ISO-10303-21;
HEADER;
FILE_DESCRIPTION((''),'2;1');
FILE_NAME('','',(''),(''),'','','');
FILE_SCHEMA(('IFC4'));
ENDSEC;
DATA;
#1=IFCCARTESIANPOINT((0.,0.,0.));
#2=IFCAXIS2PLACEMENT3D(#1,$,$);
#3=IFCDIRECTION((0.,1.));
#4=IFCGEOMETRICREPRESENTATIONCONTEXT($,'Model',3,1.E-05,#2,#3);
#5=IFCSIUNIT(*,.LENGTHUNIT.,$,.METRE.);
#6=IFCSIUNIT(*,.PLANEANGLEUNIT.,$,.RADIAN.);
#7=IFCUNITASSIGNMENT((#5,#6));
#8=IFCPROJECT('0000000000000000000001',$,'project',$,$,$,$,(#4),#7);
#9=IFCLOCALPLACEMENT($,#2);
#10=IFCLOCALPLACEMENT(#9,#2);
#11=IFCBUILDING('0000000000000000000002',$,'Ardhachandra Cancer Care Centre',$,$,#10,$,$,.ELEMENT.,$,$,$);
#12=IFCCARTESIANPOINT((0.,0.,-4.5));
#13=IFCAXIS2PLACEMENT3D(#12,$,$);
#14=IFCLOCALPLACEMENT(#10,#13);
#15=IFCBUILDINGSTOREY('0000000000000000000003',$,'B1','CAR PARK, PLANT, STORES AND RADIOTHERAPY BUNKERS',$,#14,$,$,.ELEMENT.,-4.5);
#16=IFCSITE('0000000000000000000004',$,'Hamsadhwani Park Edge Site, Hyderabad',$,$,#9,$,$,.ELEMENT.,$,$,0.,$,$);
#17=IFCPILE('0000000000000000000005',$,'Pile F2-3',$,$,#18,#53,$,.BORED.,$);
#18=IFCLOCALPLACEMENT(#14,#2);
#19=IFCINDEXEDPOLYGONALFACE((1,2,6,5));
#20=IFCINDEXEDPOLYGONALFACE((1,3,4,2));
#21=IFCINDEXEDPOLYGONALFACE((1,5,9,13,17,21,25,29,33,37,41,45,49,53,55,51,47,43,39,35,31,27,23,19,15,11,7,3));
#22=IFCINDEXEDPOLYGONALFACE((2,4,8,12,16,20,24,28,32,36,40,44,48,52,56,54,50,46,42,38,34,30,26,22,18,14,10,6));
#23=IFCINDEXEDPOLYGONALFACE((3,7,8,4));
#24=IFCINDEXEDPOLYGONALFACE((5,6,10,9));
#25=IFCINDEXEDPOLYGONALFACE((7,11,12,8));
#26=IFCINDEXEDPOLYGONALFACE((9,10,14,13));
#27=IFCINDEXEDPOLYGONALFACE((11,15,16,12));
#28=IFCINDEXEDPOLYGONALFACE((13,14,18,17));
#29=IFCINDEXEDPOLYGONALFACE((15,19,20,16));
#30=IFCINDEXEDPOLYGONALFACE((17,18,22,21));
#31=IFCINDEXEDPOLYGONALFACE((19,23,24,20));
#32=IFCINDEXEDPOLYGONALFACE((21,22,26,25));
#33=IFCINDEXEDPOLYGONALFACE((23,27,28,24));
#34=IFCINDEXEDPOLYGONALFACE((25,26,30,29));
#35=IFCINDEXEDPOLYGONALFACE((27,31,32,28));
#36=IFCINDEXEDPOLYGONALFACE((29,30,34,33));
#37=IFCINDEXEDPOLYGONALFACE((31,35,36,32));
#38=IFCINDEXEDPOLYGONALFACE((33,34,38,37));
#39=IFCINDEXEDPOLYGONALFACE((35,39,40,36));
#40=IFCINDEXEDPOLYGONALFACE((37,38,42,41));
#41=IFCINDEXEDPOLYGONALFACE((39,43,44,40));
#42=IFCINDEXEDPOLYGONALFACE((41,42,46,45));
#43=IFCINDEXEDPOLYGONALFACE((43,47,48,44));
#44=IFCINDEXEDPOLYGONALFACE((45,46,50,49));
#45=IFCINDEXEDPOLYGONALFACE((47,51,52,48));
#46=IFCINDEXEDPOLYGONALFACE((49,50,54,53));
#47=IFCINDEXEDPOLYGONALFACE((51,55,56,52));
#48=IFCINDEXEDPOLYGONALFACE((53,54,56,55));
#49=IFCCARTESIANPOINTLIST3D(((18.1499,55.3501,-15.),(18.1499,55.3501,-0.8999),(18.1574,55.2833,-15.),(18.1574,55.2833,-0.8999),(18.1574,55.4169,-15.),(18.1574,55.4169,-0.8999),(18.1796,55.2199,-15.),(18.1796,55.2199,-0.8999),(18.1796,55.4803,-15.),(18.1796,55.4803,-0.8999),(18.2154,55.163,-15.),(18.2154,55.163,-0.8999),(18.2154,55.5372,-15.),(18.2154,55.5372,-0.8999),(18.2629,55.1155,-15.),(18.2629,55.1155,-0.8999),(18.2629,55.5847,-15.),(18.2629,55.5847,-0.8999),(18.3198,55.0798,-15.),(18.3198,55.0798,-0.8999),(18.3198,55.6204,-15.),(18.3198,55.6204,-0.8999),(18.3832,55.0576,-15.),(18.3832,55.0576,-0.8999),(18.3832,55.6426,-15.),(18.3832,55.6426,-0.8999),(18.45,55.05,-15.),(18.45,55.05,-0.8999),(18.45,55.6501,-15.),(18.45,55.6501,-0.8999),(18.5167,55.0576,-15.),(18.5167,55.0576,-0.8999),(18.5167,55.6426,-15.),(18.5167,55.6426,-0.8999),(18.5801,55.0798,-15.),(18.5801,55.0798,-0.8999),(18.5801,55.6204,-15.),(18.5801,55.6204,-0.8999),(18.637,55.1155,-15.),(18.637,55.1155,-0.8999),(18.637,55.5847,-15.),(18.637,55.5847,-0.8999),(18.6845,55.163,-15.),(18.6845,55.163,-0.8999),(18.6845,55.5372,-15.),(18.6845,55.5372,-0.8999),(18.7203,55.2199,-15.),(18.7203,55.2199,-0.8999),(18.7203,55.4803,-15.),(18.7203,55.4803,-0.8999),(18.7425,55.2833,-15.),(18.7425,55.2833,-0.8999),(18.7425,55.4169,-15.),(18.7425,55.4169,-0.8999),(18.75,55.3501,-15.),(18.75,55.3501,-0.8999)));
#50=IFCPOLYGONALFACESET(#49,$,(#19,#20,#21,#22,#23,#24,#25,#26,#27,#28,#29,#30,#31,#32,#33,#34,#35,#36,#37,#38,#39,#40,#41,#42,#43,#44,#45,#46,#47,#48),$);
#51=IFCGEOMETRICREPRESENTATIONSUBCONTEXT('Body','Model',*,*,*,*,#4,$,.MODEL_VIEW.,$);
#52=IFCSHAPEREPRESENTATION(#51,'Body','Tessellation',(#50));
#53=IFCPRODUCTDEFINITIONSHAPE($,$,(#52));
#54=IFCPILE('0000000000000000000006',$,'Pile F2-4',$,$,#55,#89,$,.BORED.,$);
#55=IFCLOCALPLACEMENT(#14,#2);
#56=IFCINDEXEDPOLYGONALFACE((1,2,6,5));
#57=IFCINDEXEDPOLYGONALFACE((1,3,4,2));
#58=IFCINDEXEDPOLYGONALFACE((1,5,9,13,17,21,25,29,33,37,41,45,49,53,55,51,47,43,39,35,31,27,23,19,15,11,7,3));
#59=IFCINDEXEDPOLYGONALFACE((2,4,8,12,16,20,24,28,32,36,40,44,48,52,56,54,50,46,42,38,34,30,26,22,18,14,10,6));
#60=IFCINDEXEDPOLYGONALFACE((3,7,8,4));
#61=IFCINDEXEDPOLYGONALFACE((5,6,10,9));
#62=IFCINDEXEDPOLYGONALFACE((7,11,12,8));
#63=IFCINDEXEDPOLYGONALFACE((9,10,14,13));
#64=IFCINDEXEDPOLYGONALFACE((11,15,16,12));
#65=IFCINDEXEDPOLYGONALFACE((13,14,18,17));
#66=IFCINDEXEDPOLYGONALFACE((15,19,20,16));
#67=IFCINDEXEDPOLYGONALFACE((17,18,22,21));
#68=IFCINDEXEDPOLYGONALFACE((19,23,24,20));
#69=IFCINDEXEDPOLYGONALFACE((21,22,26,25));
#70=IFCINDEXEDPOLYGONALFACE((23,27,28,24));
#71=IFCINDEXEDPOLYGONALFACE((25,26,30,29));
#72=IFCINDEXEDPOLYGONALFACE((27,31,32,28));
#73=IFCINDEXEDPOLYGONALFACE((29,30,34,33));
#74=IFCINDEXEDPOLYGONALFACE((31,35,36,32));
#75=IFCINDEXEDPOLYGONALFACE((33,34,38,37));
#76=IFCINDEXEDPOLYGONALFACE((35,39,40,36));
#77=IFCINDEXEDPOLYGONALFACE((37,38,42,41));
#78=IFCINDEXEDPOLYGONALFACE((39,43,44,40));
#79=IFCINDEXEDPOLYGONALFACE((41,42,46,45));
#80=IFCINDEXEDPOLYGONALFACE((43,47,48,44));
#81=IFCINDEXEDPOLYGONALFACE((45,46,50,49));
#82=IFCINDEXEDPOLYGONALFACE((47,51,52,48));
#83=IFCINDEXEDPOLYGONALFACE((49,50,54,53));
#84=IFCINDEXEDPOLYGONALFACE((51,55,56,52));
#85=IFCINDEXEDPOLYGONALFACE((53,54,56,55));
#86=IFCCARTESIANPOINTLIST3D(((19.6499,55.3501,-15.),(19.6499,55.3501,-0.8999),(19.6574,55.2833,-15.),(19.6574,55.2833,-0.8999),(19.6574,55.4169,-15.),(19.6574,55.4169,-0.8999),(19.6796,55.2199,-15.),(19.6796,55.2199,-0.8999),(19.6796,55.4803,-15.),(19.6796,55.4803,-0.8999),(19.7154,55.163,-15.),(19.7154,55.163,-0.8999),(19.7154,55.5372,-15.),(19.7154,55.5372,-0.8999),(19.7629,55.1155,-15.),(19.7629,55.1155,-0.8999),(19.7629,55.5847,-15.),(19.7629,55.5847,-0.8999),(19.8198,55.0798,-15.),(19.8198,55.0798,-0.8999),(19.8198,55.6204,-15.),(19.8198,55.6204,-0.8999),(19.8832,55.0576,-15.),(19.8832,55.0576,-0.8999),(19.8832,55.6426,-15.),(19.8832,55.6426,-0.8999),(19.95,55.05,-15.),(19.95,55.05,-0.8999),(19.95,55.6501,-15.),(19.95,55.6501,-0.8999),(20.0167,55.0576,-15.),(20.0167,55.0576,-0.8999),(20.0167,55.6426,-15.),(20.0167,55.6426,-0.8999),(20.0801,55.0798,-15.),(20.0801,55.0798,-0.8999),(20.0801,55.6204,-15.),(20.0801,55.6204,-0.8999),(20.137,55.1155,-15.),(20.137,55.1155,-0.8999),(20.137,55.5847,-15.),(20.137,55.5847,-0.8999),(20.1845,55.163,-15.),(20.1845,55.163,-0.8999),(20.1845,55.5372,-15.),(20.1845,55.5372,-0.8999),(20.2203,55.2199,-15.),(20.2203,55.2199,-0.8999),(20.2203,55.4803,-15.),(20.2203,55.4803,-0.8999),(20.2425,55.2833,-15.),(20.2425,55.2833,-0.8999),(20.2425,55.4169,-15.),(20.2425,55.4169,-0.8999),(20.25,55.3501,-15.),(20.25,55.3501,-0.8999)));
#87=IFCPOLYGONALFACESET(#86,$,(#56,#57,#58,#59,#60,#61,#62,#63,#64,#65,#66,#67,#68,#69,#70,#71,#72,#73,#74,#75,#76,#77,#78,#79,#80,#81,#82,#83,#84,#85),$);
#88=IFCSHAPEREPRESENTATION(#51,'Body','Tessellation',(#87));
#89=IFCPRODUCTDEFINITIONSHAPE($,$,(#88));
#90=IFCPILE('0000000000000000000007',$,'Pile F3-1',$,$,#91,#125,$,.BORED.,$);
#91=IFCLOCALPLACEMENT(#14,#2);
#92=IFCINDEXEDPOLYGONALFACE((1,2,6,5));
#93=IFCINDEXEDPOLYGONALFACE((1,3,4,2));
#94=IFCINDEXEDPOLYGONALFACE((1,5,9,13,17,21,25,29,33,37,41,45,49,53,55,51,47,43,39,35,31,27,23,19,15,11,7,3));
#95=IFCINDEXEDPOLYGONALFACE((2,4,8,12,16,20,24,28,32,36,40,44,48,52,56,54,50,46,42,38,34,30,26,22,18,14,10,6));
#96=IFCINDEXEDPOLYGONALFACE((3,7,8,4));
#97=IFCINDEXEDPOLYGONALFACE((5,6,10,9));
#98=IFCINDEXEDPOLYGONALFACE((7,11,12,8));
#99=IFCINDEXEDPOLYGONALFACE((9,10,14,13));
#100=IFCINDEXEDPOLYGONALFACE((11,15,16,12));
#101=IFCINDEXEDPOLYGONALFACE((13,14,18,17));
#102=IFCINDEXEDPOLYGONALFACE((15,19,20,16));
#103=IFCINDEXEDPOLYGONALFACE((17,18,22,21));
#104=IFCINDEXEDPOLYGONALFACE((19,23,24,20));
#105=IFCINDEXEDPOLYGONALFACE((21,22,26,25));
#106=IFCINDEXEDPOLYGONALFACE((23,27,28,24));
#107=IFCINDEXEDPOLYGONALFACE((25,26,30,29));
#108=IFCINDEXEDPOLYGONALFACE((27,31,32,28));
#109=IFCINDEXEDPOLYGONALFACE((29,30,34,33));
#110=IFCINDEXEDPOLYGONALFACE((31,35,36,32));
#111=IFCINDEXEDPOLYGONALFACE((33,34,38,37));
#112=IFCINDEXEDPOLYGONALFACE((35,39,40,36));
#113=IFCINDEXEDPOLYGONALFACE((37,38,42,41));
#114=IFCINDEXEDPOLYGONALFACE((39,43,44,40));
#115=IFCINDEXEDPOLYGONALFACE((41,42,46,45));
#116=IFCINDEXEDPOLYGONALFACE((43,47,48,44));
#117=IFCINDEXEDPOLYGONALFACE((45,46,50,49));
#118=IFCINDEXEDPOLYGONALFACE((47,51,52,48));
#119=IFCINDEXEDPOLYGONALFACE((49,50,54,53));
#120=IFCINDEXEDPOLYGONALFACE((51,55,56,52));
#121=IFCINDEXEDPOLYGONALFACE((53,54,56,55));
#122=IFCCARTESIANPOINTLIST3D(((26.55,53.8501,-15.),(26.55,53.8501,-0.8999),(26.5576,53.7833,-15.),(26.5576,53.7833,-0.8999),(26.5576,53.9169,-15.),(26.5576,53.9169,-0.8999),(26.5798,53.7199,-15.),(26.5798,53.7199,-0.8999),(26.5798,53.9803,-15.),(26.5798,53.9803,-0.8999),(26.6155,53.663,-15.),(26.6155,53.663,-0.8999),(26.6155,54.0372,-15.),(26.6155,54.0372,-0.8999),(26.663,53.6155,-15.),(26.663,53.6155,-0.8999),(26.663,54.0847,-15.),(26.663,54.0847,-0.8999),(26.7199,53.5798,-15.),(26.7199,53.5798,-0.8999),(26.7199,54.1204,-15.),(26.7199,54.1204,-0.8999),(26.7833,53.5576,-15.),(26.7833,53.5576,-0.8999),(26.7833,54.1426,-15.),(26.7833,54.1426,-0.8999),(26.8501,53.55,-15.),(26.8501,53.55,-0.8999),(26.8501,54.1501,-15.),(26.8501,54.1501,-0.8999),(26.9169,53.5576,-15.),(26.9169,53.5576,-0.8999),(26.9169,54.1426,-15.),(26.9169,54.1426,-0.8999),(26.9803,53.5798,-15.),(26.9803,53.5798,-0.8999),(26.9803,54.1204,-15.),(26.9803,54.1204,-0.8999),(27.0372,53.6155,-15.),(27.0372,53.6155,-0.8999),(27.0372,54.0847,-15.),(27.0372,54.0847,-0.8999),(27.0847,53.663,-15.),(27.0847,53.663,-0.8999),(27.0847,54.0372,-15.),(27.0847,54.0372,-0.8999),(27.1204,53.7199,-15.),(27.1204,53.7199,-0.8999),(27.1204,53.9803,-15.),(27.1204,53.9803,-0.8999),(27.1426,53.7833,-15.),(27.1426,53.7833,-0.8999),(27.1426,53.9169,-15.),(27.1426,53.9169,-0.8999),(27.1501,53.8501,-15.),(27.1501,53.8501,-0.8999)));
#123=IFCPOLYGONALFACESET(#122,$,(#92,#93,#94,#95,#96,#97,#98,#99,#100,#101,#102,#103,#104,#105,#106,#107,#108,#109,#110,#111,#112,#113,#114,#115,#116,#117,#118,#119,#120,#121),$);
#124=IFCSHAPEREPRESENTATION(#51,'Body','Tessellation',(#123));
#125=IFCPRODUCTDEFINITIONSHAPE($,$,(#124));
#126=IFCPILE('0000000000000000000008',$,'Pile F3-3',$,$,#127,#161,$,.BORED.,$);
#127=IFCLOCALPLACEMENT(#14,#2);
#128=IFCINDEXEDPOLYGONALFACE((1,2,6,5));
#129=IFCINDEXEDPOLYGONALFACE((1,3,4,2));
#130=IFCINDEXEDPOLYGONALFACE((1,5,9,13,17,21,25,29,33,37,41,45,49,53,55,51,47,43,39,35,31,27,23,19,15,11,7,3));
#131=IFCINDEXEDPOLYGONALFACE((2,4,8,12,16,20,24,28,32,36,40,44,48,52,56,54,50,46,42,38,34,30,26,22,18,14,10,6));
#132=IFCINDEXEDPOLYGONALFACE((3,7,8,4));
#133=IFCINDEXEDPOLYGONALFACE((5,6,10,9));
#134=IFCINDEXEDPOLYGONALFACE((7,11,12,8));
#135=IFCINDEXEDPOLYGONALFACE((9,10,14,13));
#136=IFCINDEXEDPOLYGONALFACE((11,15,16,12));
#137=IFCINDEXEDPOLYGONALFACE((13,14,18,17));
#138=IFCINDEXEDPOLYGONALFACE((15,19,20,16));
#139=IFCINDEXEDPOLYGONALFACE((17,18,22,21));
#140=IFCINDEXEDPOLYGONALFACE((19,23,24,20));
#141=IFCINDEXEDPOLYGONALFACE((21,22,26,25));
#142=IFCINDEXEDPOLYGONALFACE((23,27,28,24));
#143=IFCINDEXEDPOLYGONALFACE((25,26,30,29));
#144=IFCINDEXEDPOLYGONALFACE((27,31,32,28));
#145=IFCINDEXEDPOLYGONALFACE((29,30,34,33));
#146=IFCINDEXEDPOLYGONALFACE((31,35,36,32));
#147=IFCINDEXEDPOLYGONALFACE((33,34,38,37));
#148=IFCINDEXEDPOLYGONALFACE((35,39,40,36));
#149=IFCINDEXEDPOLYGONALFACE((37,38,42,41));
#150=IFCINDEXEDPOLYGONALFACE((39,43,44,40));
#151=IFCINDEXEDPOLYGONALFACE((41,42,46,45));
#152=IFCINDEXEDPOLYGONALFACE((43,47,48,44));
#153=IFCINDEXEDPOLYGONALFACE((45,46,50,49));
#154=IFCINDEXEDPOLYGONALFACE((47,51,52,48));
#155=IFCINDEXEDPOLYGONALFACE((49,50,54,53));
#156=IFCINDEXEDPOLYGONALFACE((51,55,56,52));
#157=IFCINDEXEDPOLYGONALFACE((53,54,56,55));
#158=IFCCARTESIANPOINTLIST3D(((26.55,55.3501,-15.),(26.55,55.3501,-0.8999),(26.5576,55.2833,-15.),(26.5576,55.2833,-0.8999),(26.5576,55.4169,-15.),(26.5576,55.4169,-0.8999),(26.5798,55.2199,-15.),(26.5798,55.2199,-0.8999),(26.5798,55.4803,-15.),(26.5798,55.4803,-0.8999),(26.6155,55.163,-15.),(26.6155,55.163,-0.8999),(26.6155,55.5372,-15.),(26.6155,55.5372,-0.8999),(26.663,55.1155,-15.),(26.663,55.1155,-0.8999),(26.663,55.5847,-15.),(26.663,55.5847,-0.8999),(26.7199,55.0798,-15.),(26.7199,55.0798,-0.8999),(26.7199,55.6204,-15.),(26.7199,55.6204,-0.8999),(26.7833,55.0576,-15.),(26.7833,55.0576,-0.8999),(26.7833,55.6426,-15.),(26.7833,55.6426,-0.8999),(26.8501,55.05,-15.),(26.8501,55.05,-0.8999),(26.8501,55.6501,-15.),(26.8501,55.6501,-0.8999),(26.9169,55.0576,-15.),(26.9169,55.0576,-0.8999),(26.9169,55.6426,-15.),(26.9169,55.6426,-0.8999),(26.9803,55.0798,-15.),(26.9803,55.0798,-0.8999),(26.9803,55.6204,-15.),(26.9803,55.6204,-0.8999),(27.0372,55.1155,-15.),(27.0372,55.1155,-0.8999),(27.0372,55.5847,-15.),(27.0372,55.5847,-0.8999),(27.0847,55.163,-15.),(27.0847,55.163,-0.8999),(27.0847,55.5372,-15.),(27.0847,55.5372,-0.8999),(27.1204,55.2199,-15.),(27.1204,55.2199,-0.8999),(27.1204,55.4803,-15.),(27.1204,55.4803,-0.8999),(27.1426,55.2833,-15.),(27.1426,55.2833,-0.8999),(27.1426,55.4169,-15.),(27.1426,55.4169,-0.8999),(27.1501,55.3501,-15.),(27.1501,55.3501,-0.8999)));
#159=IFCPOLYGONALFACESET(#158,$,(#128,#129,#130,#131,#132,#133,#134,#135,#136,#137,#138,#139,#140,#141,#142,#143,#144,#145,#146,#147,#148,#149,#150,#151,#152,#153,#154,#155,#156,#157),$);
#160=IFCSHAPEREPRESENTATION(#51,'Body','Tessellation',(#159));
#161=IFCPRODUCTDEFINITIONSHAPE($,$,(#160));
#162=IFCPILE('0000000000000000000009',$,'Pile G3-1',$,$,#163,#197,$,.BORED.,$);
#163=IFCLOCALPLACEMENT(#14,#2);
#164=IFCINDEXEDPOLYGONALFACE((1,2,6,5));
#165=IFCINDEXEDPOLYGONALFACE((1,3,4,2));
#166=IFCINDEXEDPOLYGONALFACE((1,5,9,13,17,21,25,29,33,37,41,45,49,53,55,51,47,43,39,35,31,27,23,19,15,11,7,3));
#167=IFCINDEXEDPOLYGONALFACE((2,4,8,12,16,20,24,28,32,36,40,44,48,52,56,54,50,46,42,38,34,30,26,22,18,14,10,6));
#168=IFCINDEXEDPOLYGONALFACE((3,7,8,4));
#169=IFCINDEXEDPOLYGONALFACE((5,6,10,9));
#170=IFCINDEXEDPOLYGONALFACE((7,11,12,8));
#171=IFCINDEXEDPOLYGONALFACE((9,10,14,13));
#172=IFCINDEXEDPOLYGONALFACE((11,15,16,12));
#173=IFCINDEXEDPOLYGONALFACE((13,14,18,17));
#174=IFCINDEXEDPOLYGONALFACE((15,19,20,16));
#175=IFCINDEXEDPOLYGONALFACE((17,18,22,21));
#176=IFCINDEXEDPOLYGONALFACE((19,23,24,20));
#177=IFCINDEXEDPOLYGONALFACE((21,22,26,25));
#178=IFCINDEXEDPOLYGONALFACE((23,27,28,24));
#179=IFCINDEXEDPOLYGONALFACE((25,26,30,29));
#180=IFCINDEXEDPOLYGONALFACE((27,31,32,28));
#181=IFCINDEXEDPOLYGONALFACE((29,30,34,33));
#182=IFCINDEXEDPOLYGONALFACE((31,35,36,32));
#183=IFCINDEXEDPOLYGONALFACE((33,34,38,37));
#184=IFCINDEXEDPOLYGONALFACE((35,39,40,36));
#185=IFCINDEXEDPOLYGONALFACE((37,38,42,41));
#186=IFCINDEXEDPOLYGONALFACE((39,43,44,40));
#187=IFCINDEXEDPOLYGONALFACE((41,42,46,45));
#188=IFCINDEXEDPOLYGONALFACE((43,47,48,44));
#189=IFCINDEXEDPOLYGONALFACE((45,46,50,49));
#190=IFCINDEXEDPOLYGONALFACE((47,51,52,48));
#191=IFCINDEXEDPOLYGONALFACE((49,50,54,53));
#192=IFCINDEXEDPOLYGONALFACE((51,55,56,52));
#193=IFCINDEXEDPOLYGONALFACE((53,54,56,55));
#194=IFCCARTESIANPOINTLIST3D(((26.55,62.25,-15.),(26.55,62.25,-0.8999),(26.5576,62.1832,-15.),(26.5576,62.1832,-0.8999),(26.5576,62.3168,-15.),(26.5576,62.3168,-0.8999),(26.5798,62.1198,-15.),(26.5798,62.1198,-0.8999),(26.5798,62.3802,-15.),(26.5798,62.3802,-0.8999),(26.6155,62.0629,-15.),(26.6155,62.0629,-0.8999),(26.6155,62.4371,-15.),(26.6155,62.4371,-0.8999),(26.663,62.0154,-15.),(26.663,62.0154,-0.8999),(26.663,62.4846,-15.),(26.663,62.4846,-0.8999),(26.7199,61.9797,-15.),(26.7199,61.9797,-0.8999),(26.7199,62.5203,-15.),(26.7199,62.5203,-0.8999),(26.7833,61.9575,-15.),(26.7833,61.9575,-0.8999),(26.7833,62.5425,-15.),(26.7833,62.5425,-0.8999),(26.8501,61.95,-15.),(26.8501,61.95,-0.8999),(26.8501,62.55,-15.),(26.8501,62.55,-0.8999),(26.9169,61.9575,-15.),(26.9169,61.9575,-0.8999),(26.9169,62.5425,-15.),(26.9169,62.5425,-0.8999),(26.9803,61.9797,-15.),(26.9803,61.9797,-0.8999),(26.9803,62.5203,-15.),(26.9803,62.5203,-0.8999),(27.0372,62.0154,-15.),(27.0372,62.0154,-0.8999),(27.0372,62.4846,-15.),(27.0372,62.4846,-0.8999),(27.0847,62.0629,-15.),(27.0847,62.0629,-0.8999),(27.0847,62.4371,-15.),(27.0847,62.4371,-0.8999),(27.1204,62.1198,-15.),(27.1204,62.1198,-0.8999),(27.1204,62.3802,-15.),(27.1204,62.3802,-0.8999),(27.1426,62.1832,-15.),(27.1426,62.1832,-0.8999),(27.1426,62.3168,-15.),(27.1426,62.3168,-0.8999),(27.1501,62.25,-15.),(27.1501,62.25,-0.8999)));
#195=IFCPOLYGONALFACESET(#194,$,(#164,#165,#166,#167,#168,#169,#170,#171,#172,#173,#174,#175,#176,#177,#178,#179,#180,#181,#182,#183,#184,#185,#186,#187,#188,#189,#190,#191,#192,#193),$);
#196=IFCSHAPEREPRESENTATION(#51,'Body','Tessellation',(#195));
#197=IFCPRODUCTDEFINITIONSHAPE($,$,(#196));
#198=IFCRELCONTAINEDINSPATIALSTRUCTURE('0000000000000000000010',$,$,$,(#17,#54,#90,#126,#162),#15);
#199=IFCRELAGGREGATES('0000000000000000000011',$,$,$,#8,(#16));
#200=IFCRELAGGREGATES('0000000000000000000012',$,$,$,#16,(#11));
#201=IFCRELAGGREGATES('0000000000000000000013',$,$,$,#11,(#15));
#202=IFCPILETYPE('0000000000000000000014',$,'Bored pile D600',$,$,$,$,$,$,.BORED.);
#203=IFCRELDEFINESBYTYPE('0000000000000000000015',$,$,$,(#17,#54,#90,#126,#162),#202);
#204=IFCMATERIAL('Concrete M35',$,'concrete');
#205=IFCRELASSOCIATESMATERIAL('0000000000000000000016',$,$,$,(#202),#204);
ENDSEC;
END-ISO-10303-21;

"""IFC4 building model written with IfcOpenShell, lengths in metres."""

from ifc_helpers import new_model, si_unit, direction, frame, origin, origin_2d, place, context, subcontext, project, spatial, circle, extrude, material, material_profile, profile_set, type_object, element, save


model = new_model("IFC4")

# Units and contexts
model_context = context("Model", 3, precision=1e-05, world=origin(), true_north=direction((0.0, 1.0)))
body_context = subcontext(model_context, "Body", "Model", "MODEL_VIEW")
ifc_project = project(units=[si_unit("LENGTHUNIT", "METRE"), si_unit("PLANEANGLEUNIT", "RADIAN")], contexts=[model_context])

# Site, building, storey
site_placement = place(None, origin())
site = spatial("IfcSite", under=ifc_project, at=site_placement, Name="Hamsadhwani Park Edge Site, Hyderabad", CompositionType="ELEMENT", RefElevation=0.0)
building_placement = place(site_placement, origin())
building = spatial("IfcBuilding", under=site, at=building_placement, Name="Ardhachandra Cancer Care Centre", CompositionType="ELEMENT")
storey_placement = place(building_placement, frame((0.0, 0.0, -4.5)))
storey = spatial("IfcBuildingStorey", under=building, at=storey_placement, Name="B1", Description="CAR PARK, PLANT, STORES AND RADIOTHERAPY BUNKERS", CompositionType="ELEMENT", Elevation=-4.5)

# Piles
ifc_material_1 = material(Name="Concrete M35", Category="concrete")
ifc_material_profile_1 = material_profile(ifc_material_1, circle(Radius=0.3, at=origin_2d()), Name="D600")
ifc_profile_set_1 = profile_set([ifc_material_profile_1], Name="Concrete M35")
pile_type = type_object("IfcPileType", Name="Bored pile D600", PredefinedType="BORED", material=ifc_profile_set_1)
for number, where, z_axis, x_axis, name in (
    (1, (18.45, 55.3501, -0.8999), (0.0, 0.0, -1.0), (1.0, 0.0, 0.0), "Pile F2-3"),
    (2, (19.95, 55.3501, -0.8999), (0.0, 0.0, -1.0), (1.0, 0.0, 0.0), "Pile F2-4"),
    (3, (26.8501, 53.8501, -0.8999), (0.0, 0.0, -1.0), (1.0, 0.0, 0.0), "Pile F3-1"),
    (4, (26.8501, 55.3501, -0.8999), (0.0, 0.0, -1.0), (1.0, 0.0, 0.0), "Pile F3-3"),
    (5, (26.8501, 62.25, -0.8999), (0.0, 0.0, -1.0), (1.0, 0.0, 0.0), "Pile G3-1"),
):
    element("IfcPile", number, at=place(storey_placement, frame(where, z_axis=z_axis, x_axis=x_axis)), inside=storey, type_object=pile_type, Name=name, PredefinedType="BORED", context=body_context, shape_type="SweptSolid", body=[
        extrude(circle(Radius=0.3, at=origin_2d()), origin(), (0.0, 0.0, 1.0), 14.1001),
    ])

save(model, "model.ifc")
